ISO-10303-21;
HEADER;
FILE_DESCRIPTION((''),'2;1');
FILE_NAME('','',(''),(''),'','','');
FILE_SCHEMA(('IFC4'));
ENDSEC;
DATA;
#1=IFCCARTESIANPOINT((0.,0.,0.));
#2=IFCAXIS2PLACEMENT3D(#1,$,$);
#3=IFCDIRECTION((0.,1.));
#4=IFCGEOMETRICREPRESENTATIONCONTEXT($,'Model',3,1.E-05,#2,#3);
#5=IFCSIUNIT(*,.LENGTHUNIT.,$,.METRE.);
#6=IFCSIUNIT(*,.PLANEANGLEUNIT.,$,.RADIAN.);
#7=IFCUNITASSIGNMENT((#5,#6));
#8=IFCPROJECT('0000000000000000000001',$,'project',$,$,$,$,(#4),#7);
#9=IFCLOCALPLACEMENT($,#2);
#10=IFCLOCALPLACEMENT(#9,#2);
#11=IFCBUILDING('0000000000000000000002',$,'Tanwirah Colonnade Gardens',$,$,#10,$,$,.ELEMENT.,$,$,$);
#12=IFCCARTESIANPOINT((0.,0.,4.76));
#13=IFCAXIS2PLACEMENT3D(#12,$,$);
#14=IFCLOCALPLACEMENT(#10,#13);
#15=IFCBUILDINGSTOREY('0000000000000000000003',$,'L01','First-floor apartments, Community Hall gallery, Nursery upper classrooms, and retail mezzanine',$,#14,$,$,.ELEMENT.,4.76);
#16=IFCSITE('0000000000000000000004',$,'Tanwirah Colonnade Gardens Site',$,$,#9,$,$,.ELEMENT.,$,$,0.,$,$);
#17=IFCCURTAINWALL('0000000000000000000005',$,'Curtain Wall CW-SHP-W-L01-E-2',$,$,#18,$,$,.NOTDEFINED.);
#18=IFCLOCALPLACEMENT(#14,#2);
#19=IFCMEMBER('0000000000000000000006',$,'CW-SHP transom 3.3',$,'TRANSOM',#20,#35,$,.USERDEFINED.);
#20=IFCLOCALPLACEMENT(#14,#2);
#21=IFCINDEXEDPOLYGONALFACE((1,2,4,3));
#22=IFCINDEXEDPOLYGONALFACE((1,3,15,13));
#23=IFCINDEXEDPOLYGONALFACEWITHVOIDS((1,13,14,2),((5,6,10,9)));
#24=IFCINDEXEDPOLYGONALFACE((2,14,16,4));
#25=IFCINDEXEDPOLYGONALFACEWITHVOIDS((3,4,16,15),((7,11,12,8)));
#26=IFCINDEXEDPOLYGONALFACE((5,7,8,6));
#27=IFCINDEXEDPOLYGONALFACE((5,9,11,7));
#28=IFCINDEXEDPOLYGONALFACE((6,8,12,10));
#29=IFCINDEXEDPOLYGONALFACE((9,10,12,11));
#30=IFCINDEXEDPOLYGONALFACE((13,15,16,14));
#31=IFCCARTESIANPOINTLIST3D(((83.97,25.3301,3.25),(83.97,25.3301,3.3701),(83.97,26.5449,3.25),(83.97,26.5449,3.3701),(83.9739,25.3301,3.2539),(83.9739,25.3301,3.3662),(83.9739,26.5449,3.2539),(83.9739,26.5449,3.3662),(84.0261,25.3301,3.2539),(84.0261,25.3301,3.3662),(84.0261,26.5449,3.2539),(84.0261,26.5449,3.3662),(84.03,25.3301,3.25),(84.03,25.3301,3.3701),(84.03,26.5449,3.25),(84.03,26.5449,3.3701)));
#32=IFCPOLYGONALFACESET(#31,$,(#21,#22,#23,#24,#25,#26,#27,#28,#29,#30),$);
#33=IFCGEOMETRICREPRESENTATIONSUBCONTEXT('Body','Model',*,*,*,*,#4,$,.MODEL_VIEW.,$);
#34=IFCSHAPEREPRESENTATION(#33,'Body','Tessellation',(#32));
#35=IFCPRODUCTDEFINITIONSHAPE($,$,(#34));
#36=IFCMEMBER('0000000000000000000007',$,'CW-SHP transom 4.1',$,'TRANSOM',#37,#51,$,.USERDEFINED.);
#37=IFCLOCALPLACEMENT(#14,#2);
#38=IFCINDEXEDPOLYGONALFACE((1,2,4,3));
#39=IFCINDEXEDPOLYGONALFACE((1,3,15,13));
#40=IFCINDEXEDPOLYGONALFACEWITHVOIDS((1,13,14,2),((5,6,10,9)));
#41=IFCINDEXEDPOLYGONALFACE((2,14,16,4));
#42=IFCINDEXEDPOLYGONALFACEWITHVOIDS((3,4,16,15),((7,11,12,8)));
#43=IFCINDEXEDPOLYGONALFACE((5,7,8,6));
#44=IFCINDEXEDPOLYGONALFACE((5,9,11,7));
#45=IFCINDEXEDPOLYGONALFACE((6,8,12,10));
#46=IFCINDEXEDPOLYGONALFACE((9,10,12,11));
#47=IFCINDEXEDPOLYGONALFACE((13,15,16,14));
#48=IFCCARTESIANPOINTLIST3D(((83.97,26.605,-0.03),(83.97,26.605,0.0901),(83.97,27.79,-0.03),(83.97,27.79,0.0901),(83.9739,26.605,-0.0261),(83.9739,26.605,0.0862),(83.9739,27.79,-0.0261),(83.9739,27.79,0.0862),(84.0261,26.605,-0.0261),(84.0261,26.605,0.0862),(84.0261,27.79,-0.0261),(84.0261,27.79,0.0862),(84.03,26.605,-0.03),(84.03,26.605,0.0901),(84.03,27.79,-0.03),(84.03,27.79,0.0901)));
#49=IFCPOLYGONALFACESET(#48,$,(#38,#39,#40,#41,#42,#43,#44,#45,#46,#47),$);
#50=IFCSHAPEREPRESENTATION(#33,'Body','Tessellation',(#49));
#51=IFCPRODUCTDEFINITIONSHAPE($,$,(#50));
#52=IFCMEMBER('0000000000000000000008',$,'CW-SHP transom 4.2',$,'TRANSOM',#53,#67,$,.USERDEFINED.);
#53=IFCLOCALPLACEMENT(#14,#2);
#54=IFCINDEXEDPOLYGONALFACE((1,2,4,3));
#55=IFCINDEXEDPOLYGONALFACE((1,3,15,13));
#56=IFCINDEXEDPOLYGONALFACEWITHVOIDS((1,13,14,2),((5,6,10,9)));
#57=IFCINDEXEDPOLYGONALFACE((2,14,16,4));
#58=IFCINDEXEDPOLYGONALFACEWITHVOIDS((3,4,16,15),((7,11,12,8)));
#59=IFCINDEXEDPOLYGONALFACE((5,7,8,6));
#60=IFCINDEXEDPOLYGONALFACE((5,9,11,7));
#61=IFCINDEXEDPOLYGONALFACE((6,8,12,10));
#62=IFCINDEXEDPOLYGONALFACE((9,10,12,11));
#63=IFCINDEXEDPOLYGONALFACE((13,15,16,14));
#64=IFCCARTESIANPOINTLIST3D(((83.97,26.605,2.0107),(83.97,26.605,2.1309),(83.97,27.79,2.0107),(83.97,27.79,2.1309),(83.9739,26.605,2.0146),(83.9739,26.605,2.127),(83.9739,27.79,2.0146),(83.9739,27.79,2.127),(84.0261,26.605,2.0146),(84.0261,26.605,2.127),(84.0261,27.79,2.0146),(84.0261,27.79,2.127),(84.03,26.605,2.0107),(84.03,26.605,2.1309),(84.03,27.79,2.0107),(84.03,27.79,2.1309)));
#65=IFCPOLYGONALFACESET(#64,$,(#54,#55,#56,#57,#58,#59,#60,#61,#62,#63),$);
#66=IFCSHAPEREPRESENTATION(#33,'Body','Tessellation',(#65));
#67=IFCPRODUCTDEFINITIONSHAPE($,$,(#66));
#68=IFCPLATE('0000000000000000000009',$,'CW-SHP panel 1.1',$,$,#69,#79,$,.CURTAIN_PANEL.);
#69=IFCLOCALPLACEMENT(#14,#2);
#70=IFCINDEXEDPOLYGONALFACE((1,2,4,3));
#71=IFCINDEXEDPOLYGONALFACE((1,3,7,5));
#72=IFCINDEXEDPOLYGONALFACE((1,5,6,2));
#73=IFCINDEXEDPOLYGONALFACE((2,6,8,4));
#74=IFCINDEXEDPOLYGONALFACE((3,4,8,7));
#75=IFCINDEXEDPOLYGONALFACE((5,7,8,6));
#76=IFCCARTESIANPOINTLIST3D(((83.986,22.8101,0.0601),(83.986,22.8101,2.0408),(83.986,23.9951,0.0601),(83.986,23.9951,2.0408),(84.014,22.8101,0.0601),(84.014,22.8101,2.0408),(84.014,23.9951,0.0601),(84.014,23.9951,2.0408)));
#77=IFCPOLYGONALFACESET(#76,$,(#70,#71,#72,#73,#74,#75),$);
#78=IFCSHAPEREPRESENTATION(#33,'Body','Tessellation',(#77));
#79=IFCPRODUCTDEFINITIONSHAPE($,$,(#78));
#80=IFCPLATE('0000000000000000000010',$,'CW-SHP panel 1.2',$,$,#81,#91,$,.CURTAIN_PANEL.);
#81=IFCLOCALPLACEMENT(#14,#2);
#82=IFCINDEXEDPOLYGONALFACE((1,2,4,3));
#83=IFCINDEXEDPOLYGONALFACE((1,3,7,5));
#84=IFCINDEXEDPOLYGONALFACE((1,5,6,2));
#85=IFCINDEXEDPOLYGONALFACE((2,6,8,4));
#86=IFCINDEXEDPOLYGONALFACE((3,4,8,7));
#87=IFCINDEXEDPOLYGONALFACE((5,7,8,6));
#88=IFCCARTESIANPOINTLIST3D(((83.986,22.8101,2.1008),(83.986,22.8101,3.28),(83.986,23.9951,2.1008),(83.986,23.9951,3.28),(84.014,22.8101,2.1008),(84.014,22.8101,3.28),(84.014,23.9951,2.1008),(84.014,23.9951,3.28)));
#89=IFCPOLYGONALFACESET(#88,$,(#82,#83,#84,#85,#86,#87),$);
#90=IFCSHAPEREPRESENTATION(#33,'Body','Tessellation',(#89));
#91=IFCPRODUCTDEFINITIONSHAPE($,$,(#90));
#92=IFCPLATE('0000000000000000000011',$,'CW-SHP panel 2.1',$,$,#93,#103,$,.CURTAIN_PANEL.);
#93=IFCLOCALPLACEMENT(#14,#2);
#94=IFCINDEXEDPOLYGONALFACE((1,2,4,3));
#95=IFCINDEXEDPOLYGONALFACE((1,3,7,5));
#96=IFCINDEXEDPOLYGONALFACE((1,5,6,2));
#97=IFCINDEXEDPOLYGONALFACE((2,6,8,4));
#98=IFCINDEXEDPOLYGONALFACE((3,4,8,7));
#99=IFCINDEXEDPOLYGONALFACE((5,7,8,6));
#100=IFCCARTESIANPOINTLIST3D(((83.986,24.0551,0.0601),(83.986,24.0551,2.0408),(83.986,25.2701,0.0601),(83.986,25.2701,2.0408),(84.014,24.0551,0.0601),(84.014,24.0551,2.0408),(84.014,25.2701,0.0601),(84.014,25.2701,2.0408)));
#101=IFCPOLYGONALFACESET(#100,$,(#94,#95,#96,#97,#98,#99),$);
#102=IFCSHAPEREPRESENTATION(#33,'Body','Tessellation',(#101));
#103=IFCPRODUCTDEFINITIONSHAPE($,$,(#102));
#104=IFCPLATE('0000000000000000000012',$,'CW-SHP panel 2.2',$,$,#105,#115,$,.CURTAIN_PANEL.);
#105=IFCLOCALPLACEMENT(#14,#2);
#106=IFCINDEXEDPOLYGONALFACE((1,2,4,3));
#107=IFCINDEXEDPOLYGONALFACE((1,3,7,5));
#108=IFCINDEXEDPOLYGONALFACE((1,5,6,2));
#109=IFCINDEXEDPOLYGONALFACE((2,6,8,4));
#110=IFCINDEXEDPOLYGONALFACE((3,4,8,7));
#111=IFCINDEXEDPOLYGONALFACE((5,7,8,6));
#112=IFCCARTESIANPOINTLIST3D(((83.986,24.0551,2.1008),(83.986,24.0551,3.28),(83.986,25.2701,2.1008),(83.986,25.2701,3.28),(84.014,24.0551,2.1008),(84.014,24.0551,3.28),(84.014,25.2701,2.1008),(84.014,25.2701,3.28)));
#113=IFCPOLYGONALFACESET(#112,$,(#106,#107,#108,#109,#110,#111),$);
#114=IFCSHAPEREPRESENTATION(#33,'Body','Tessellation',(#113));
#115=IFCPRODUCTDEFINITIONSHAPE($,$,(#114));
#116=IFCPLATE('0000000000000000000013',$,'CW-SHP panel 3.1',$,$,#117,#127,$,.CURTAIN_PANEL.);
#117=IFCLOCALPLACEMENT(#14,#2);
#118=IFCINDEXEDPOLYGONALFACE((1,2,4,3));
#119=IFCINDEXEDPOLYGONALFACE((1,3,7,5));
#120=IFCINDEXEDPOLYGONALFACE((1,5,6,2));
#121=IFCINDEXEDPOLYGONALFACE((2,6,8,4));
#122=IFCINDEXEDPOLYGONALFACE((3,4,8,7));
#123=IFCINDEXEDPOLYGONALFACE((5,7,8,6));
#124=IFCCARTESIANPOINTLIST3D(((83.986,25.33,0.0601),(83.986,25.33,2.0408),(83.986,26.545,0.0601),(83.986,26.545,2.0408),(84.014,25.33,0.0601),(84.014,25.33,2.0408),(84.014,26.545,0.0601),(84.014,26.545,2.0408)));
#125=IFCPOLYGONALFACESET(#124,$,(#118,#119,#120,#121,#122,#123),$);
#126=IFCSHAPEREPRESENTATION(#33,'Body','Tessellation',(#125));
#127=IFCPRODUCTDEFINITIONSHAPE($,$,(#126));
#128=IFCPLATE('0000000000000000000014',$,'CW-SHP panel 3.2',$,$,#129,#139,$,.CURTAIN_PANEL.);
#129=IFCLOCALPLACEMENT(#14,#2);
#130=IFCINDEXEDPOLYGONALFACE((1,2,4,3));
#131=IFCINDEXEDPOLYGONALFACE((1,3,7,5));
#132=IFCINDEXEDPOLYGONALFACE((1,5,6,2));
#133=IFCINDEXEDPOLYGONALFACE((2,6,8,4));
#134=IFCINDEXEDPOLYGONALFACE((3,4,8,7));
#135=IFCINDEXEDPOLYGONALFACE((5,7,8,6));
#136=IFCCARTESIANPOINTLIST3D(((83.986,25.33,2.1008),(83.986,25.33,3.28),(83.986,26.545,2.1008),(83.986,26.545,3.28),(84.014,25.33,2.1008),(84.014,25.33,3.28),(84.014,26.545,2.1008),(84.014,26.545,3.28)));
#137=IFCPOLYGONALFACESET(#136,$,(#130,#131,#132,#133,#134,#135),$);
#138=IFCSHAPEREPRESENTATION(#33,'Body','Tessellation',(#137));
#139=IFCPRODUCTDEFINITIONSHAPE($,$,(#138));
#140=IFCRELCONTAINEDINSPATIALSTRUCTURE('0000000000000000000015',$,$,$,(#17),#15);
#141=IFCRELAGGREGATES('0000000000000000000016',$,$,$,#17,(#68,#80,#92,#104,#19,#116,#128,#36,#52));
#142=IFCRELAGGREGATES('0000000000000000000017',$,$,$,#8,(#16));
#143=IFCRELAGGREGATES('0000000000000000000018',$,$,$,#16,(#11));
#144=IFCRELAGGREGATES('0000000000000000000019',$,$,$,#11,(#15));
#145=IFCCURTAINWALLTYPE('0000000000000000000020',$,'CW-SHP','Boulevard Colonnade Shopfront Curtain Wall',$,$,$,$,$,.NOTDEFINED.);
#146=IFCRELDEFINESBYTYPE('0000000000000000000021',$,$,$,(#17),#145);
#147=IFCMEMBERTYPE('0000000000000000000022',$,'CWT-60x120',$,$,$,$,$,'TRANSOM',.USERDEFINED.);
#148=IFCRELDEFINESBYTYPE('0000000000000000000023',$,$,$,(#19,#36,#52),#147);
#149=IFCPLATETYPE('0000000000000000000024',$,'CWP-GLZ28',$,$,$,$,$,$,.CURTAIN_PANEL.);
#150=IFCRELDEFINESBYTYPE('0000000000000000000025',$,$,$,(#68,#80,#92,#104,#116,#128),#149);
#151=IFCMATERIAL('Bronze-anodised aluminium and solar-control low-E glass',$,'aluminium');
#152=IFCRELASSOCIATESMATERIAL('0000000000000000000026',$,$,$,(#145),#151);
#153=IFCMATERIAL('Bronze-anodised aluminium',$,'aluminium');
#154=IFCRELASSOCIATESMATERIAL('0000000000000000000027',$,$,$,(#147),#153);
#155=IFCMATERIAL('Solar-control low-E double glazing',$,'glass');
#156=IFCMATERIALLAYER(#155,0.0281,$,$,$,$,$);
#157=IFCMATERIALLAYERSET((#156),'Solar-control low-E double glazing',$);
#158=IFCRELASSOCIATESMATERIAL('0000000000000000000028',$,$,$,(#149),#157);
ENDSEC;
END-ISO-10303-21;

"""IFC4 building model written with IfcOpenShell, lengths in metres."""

from ifc_helpers import new_model, si_unit, direction, frame, origin, origin_2d, place, context, subcontext, project, spatial, rectangle, hollow_rectangle, extrude, material, layer, layer_set, material_profile, profile_set, type_object, element, aggregate, save


model = new_model("IFC4")

# Units and contexts
model_context = context("Model", 3, precision=1e-05, world=origin(), true_north=direction((0.0, 1.0)))
body_context = subcontext(model_context, "Body", "Model", "MODEL_VIEW")
ifc_project = project(units=[si_unit("LENGTHUNIT", "METRE"), si_unit("PLANEANGLEUNIT", "RADIAN")], contexts=[model_context])

# Site, building, storey
site_placement = place(None, origin())
site = spatial("IfcSite", under=ifc_project, at=site_placement, Name="Tanwirah Colonnade Gardens Site", CompositionType="ELEMENT", RefElevation=0.0)
building_placement = place(site_placement, origin())
building = spatial("IfcBuilding", under=site, at=building_placement, Name="Tanwirah Colonnade Gardens", CompositionType="ELEMENT")
storey_placement = place(building_placement, frame((0.0, 0.0, 4.76)))
storey = spatial("IfcBuildingStorey", under=building, at=storey_placement, Name="L01", Description="First-floor apartments, Community Hall gallery, Nursery upper classrooms, and retail mezzanine", CompositionType="ELEMENT", Elevation=4.76)

# Curtain wall, members, plates
ifc_material_1 = material(Name="Bronze-anodised aluminium and solar-control low-E glass", Category="aluminium")
curtain_wall_type = type_object("IfcCurtainWallType", Name="CW-SHP", Description="Boulevard Colonnade Shopfront Curtain Wall", PredefinedType="NOTDEFINED", material=ifc_material_1)
curtain_wall_placement = place(storey_placement, origin())
curtain_wall = element("IfcCurtainWall", 1, at=curtain_wall_placement, inside=storey, type_object=curtain_wall_type, Name="Curtain Wall CW-SHP-W-L01-E-2", PredefinedType="NOTDEFINED")
ifc_material_2 = material(Name="Bronze-anodised aluminium", Category="aluminium")
ifc_material_profile_1 = material_profile(ifc_material_2, hollow_rectangle(XDim=0.0601, YDim=0.1201, WallThickness=0.0039, at=origin_2d()), Name="CW-TRN 60x120x4")
ifc_profile_set_1 = profile_set([ifc_material_profile_1], Name="Bronze-anodised aluminium")
member_type_1 = type_object("IfcMemberType", Name="CWT-60x120", ElementType="TRANSOM", PredefinedType="USERDEFINED", material=ifc_profile_set_1)
member_1_placement = place(storey_placement, frame((84.0, 25.3301, 3.3101), z_axis=(0.0, 1.0, 0.0), x_axis=(-1.0, 0.0, 0.0)))
member_1 = element("IfcMember", 2, at=member_1_placement, type_object=member_type_1, Name="CW-SHP transom 3.3", ObjectType="TRANSOM", PredefinedType="USERDEFINED", context=body_context, shape_type="SweptSolid", body=[
    extrude(hollow_rectangle(XDim=0.0601, YDim=0.1201, WallThickness=0.0039, at=origin_2d()), origin(), (0.0, 0.0, 1.0), 1.2148),
])
member_2_placement = place(storey_placement, frame((84.0, 26.605, 0.03), z_axis=(0.0, 1.0, 0.0), x_axis=(-1.0, 0.0, 0.0)))
member_2 = element("IfcMember", 3, at=member_2_placement, type_object=member_type_1, Name="CW-SHP transom 4.1", ObjectType="TRANSOM", PredefinedType="USERDEFINED", context=body_context, shape_type="SweptSolid", body=[
    extrude(hollow_rectangle(XDim=0.0601, YDim=0.1201, WallThickness=0.0039, at=origin_2d()), origin(), (0.0, 0.0, 1.0), 1.1851),
])
member_3_placement = place(storey_placement, frame((84.0, 26.605, 2.0708), z_axis=(0.0, 1.0, 0.0), x_axis=(-1.0, 0.0, 0.0)))
member_3 = element("IfcMember", 4, at=member_3_placement, type_object=member_type_1, Name="CW-SHP transom 4.2", ObjectType="TRANSOM", PredefinedType="USERDEFINED", context=body_context, shape_type="SweptSolid", body=[
    extrude(hollow_rectangle(XDim=0.0601, YDim=0.1201, WallThickness=0.0039, at=origin_2d()), origin(), (0.0, 0.0, 1.0), 1.1851),
])
ifc_material_3 = material(Name="Solar-control low-E double glazing", Category="glass")
ifc_layer = layer(ifc_material_3, 0.0281)
ifc_layer_set = layer_set([ifc_layer], Name="Solar-control low-E double glazing")
plate_type = type_object("IfcPlateType", Name="CWP-GLZ28", PredefinedType="CURTAIN_PANEL", material=ifc_layer_set)
plate_1_placement = place(storey_placement, frame((84.0, 23.4026, 0.0601), z_axis=(0.0, 0.0, 1.0), x_axis=(0.0, 1.0, 0.0)))
plate_1 = element("IfcPlate", 5, at=plate_1_placement, type_object=plate_type, Name="CW-SHP panel 1.1", PredefinedType="CURTAIN_PANEL", context=body_context, shape_type="SweptSolid", body=[
    extrude(rectangle(XDim=1.1851, YDim=0.0281, at=origin_2d()), origin(), (0.0, 0.0, 1.0), 1.9807),
])
plate_2_placement = place(storey_placement, frame((84.0, 23.4026, 2.1008), z_axis=(0.0, 0.0, 1.0), x_axis=(0.0, 1.0, 0.0)))
plate_2 = element("IfcPlate", 6, at=plate_2_placement, type_object=plate_type, Name="CW-SHP panel 1.2", PredefinedType="CURTAIN_PANEL", context=body_context, shape_type="SweptSolid", body=[
    extrude(rectangle(XDim=1.1851, YDim=0.0281, at=origin_2d()), origin(), (0.0, 0.0, 1.0), 1.1792),
])
plate_3_placement = place(storey_placement, frame((84.0, 24.6626, 0.0601), z_axis=(0.0, 0.0, 1.0), x_axis=(0.0, 1.0, 0.0)))
plate_3 = element("IfcPlate", 7, at=plate_3_placement, type_object=plate_type, Name="CW-SHP panel 2.1", PredefinedType="CURTAIN_PANEL", context=body_context, shape_type="SweptSolid", body=[
    extrude(rectangle(XDim=1.2151, YDim=0.0281, at=origin_2d()), origin(), (0.0, 0.0, 1.0), 1.9807),
])
plate_4_placement = place(storey_placement, frame((84.0, 24.6626, 2.1008), z_axis=(0.0, 0.0, 1.0), x_axis=(0.0, 1.0, 0.0)))
plate_4 = element("IfcPlate", 8, at=plate_4_placement, type_object=plate_type, Name="CW-SHP panel 2.2", PredefinedType="CURTAIN_PANEL", context=body_context, shape_type="SweptSolid", body=[
    extrude(rectangle(XDim=1.2151, YDim=0.0281, at=origin_2d()), origin(), (0.0, 0.0, 1.0), 1.1792),
])
plate_5_placement = place(storey_placement, frame((84.0, 25.9375, 0.0601), z_axis=(0.0, 0.0, 1.0), x_axis=(0.0, 1.0, 0.0)))
plate_5 = element("IfcPlate", 9, at=plate_5_placement, type_object=plate_type, Name="CW-SHP panel 3.1", PredefinedType="CURTAIN_PANEL", context=body_context, shape_type="SweptSolid", body=[
    extrude(rectangle(XDim=1.2151, YDim=0.0281, at=origin_2d()), origin(), (0.0, 0.0, 1.0), 1.9807),
])
plate_6_placement = place(storey_placement, frame((84.0, 25.9375, 2.1008), z_axis=(0.0, 0.0, 1.0), x_axis=(0.0, 1.0, 0.0)))
plate_6 = element("IfcPlate", 10, at=plate_6_placement, type_object=plate_type, Name="CW-SHP panel 3.2", PredefinedType="CURTAIN_PANEL", context=body_context, shape_type="SweptSolid", body=[
    extrude(rectangle(XDim=1.2151, YDim=0.0281, at=origin_2d()), origin(), (0.0, 0.0, 1.0), 1.1792),
])
aggregate(curtain_wall, [plate_1, plate_2, plate_3, plate_4, member_1, plate_5, plate_6, member_2, member_3])

save(model, "model.ifc")
